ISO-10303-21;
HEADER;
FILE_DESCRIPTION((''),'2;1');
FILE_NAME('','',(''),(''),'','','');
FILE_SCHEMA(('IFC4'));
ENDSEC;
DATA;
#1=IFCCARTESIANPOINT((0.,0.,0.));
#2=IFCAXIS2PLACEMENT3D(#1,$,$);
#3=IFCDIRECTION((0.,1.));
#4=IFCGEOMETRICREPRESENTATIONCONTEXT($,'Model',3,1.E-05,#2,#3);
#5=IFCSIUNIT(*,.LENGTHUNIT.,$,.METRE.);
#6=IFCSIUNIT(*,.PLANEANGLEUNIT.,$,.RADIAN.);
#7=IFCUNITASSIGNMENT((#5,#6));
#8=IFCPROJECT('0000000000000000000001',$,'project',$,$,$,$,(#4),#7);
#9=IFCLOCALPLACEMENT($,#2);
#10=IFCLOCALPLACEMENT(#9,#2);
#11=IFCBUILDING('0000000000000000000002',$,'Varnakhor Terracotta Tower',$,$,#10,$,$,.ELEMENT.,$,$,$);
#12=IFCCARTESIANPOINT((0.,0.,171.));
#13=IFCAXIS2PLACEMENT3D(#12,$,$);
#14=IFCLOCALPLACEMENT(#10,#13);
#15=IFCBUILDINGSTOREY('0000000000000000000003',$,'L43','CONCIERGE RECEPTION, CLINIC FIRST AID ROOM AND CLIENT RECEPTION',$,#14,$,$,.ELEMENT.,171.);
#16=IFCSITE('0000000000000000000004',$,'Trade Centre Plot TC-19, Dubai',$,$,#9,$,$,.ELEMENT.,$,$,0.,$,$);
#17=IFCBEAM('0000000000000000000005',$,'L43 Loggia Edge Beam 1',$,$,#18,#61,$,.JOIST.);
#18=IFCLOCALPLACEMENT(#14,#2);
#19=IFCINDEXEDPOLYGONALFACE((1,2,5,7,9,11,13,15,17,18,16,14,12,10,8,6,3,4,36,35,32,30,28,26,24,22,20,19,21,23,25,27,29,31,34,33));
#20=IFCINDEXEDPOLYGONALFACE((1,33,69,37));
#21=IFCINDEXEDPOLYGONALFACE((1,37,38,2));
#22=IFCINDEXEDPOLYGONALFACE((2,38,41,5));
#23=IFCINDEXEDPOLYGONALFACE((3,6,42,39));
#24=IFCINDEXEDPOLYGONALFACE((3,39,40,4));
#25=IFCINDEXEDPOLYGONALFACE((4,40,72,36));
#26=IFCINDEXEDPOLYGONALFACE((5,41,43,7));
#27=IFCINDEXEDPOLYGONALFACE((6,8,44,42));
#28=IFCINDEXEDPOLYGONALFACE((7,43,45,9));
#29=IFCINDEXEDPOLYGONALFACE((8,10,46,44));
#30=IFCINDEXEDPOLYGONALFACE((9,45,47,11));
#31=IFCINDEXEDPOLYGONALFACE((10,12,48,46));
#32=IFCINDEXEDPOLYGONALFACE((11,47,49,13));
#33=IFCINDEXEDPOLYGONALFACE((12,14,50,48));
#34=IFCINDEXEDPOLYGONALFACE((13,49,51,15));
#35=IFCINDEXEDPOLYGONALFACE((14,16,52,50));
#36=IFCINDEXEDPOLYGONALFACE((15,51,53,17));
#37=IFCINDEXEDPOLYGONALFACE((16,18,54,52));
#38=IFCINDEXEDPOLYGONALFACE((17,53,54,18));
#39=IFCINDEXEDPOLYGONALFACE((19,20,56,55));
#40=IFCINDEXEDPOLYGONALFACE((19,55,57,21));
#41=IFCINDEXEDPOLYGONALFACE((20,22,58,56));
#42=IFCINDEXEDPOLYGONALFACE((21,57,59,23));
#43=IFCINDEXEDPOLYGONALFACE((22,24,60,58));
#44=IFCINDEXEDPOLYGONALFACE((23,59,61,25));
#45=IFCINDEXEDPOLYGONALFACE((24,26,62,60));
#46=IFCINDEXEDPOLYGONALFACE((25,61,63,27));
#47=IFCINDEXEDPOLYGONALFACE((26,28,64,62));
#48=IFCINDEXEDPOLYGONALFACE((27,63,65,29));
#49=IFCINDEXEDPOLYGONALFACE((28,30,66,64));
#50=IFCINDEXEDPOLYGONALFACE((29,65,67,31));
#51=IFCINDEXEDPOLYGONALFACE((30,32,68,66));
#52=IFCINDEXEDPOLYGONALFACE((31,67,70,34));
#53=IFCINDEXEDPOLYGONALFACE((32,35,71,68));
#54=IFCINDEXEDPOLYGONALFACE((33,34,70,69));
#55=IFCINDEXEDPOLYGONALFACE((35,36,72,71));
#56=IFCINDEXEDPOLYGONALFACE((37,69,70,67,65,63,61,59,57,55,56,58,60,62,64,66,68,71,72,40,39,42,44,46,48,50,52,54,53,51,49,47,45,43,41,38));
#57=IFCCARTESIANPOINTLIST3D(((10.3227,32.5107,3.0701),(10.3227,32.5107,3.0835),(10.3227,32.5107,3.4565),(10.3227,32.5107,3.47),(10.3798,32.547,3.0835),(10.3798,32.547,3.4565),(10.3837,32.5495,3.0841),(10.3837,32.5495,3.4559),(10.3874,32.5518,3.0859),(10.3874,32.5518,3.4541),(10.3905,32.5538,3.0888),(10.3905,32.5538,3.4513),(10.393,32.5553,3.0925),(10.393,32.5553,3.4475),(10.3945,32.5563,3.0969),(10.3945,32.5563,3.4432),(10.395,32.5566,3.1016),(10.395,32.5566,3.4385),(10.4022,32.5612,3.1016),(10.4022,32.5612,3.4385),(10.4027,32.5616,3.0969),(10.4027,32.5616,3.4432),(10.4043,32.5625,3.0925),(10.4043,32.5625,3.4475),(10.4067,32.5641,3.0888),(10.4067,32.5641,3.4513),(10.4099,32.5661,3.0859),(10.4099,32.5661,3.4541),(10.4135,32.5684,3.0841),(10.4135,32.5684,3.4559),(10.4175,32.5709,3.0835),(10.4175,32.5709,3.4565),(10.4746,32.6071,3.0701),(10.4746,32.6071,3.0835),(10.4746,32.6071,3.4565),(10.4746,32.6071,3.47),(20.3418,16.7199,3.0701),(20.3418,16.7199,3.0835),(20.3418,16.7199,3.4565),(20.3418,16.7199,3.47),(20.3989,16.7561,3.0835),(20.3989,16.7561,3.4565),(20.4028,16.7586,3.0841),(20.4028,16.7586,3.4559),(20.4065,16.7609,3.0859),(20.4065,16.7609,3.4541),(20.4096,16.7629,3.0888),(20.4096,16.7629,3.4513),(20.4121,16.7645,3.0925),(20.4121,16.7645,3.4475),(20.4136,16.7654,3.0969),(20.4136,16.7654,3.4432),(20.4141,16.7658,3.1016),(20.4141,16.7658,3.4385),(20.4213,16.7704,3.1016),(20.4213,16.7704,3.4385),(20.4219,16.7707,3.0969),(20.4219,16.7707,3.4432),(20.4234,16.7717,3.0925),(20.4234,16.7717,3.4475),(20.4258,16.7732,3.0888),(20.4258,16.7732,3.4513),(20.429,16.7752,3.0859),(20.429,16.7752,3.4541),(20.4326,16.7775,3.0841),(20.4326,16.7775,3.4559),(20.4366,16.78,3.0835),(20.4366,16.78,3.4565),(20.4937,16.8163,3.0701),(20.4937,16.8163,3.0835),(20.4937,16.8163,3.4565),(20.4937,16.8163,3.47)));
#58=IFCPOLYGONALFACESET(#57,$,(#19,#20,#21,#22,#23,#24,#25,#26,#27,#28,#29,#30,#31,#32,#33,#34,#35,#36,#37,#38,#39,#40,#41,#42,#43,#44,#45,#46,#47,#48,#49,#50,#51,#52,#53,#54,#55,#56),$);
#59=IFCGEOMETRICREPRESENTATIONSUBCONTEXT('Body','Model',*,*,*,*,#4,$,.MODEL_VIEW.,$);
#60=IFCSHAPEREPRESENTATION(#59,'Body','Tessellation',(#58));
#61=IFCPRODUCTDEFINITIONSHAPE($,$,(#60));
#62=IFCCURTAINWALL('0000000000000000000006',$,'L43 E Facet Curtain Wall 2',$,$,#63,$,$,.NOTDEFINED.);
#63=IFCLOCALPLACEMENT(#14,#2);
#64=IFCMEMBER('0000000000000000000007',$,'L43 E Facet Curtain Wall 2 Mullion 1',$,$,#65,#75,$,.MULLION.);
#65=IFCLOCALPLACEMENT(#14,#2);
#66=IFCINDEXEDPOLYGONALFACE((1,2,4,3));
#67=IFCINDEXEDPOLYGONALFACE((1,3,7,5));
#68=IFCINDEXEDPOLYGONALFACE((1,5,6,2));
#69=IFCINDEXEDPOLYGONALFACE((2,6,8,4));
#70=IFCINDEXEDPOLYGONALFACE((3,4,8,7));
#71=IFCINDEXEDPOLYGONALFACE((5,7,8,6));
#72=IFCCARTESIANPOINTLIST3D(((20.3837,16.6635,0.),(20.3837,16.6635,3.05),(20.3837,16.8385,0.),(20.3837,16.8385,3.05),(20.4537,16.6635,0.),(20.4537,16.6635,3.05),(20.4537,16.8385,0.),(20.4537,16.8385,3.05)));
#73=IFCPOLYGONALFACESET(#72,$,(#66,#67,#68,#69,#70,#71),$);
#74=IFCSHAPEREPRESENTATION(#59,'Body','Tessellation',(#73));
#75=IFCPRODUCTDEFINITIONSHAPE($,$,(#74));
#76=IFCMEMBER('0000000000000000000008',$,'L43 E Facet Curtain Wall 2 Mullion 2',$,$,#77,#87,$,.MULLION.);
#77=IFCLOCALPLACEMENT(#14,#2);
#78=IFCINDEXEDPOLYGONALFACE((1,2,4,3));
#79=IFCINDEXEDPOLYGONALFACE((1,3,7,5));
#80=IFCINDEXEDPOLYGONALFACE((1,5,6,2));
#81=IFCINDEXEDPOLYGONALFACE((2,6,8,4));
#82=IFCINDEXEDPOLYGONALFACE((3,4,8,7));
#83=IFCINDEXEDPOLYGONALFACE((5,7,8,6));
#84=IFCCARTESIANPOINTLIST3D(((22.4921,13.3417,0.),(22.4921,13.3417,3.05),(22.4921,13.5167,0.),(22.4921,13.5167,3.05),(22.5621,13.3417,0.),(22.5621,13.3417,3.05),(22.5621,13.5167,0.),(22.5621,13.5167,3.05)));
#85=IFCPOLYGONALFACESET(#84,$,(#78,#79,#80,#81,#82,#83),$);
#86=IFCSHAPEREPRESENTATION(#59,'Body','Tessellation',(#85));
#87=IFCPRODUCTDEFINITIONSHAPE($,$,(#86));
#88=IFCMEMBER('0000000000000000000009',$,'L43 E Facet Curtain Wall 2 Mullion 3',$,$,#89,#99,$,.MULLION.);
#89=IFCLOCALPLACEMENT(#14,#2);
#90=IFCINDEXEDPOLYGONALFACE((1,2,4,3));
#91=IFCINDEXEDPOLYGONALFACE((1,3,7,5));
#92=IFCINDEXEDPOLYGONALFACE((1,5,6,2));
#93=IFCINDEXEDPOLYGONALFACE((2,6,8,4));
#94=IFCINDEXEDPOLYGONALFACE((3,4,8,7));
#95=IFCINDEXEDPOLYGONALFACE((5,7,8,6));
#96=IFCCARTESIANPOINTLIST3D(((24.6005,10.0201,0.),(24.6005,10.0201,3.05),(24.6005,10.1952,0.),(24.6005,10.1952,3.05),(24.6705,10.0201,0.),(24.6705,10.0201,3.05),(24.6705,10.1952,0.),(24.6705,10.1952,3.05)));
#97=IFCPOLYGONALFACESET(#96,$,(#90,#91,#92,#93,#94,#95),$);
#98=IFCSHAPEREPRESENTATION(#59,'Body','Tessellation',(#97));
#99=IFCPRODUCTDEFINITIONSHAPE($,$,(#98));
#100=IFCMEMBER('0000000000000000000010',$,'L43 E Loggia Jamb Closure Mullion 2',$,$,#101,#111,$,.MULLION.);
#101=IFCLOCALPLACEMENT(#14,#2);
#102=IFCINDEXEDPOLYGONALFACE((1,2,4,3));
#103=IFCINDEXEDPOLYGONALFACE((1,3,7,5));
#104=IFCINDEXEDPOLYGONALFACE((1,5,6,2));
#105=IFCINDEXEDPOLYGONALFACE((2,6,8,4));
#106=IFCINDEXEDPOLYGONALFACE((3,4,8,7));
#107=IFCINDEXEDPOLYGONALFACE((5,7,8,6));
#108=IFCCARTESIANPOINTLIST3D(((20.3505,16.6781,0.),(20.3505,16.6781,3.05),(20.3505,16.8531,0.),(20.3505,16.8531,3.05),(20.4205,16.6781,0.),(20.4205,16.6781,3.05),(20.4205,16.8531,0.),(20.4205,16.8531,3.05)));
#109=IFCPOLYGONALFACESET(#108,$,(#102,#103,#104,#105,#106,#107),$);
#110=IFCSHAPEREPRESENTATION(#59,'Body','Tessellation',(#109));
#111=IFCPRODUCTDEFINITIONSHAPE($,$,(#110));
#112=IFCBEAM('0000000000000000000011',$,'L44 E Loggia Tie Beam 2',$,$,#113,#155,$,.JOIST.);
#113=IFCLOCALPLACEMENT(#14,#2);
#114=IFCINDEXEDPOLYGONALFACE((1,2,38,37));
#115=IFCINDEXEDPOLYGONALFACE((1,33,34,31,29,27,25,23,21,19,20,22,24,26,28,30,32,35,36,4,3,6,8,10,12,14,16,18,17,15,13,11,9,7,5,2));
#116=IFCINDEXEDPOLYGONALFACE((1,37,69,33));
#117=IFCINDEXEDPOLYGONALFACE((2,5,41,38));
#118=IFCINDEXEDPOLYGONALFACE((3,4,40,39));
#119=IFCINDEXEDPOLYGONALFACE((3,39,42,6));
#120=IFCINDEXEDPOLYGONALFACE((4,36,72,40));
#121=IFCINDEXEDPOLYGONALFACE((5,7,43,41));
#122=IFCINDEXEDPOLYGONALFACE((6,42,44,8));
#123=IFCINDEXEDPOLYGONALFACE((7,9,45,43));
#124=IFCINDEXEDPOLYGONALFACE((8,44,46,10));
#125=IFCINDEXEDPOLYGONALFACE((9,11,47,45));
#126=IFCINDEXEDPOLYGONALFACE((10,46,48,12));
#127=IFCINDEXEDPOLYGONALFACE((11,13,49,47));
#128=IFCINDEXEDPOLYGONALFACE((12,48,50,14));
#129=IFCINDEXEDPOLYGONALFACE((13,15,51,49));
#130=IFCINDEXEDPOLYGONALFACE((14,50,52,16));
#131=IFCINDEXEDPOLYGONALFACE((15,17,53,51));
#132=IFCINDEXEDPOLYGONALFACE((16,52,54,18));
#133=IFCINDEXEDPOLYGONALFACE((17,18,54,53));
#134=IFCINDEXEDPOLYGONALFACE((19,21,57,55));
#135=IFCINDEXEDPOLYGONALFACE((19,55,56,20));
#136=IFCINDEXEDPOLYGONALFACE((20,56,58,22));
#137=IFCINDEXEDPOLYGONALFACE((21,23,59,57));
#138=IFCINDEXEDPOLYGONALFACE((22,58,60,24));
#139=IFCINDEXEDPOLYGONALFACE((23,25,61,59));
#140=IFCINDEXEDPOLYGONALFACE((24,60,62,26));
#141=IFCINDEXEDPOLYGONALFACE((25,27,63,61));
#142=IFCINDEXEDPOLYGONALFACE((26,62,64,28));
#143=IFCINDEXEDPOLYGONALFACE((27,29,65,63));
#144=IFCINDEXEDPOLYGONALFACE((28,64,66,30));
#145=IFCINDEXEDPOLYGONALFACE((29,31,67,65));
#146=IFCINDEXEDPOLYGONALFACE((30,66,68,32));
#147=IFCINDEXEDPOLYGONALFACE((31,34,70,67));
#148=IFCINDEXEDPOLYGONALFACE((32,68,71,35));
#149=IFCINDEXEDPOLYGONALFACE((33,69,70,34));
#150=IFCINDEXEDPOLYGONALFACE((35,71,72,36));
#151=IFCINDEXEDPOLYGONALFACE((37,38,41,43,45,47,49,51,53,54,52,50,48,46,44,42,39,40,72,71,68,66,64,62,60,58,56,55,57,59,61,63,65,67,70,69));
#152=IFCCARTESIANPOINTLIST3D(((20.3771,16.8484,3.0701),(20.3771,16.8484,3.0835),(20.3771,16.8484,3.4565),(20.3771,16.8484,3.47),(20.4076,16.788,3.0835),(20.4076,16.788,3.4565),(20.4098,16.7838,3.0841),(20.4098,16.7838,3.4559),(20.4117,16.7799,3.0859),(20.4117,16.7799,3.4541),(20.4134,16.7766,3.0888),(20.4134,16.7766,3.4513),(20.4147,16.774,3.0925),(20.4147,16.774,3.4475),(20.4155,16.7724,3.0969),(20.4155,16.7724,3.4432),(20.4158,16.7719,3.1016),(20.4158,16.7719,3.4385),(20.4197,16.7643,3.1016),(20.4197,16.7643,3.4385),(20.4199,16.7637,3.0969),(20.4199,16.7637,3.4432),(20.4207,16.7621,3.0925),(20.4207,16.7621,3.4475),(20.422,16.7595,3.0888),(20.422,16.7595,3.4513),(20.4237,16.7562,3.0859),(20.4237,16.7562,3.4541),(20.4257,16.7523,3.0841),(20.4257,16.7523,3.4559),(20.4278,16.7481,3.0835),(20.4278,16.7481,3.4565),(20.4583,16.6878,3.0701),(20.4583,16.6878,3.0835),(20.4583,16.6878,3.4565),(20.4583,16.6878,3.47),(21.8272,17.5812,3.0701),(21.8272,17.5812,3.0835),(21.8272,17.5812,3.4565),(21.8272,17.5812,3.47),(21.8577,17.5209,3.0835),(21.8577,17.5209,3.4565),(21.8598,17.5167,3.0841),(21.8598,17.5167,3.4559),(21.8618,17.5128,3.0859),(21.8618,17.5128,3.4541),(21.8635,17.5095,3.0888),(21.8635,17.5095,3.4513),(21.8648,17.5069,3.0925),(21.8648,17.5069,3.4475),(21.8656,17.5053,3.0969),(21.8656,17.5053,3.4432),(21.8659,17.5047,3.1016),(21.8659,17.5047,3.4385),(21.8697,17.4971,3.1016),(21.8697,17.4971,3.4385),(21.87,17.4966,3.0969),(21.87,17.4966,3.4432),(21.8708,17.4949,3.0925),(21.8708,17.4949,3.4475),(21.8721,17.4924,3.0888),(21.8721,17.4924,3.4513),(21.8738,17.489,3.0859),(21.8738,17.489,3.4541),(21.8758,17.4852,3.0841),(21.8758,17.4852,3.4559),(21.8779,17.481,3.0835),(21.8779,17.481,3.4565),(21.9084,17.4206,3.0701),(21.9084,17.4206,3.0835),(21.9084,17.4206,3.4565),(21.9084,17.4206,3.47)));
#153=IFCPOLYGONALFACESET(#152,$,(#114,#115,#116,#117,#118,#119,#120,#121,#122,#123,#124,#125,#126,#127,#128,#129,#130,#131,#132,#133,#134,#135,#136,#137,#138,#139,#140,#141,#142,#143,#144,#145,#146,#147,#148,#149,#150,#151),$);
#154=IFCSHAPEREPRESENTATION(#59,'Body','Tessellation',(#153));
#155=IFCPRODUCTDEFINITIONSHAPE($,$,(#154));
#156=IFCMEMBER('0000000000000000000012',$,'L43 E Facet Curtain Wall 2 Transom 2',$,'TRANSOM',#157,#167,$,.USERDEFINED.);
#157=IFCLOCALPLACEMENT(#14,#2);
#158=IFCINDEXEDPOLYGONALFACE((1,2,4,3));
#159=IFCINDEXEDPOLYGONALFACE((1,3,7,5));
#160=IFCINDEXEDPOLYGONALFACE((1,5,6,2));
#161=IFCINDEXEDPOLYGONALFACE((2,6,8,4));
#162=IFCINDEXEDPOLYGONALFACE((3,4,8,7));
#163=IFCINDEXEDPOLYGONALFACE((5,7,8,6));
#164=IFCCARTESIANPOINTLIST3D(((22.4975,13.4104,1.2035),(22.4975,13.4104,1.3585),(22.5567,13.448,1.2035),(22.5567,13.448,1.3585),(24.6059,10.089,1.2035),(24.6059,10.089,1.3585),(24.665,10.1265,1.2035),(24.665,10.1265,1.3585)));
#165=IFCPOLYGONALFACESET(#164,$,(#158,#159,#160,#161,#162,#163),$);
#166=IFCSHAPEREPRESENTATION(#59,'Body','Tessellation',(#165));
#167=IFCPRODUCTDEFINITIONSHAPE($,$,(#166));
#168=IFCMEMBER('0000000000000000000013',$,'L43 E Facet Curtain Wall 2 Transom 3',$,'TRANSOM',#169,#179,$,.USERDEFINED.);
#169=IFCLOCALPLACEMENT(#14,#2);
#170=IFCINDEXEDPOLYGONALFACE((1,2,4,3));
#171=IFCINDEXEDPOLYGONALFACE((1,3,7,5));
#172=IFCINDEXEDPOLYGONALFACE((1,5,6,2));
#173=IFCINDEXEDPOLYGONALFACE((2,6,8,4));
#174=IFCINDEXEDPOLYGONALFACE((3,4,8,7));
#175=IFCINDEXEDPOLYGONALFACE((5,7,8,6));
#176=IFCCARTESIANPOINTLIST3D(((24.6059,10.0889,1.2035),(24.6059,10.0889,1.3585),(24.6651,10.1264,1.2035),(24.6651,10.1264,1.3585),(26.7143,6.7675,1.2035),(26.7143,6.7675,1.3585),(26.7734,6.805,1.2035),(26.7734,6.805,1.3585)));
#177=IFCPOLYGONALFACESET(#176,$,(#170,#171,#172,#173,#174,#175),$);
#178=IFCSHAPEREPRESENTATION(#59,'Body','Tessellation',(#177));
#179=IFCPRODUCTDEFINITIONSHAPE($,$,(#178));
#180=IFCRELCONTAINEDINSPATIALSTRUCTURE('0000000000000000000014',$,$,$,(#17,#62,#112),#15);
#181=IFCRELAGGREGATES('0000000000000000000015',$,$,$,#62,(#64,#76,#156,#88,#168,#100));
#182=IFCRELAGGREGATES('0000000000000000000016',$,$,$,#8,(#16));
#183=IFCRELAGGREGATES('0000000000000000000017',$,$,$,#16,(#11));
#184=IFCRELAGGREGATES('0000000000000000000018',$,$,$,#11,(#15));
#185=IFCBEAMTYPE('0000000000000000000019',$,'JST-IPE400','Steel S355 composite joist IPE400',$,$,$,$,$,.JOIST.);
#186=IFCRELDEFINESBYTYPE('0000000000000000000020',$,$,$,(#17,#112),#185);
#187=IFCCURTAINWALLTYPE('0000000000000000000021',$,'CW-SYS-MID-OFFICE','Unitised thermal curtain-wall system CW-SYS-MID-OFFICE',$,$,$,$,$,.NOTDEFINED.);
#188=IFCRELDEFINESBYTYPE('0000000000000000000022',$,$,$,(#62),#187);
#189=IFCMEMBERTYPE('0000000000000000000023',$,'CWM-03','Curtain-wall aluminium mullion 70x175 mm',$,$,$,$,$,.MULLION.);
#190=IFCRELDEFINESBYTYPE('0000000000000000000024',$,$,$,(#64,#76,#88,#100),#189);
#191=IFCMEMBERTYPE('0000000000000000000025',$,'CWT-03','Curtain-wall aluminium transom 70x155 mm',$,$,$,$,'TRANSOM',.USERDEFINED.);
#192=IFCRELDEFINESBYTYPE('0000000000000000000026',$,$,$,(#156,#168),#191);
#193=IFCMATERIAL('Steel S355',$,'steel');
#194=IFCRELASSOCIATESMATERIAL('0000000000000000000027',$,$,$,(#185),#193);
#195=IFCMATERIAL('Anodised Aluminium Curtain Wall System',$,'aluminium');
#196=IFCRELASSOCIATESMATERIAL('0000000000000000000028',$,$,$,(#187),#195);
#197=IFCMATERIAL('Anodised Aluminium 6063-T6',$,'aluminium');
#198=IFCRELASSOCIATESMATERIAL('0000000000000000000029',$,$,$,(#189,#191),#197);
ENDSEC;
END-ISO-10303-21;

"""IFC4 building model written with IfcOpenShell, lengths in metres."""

from ifc_helpers import new_model, si_unit, direction, frame, origin, origin_2d, place, context, subcontext, project, spatial, rectangle, i_section, extrude, source, transform, mapped, material, material_profile, profile_set, type_object, element, aggregate, save


model = new_model("IFC4")

# Units and contexts
model_context = context("Model", 3, precision=1e-05, world=origin(), true_north=direction((0.0, 1.0)))
body_context = subcontext(model_context, "Body", "Model", "MODEL_VIEW")
ifc_project = project(units=[si_unit("LENGTHUNIT", "METRE"), si_unit("PLANEANGLEUNIT", "RADIAN")], contexts=[model_context])

# Site, building, storey
site_placement = place(None, origin())
site = spatial("IfcSite", under=ifc_project, at=site_placement, Name="Trade Centre Plot TC-19, Dubai", CompositionType="ELEMENT", RefElevation=0.0)
building_placement = place(site_placement, origin())
building = spatial("IfcBuilding", under=site, at=building_placement, Name="Varnakhor Terracotta Tower", CompositionType="ELEMENT")
storey_placement = place(building_placement, frame((0.0, 0.0, 171.0)))
storey = spatial("IfcBuildingStorey", under=building, at=storey_placement, Name="L43", Description="CONCIERGE RECEPTION, CLINIC FIRST AID ROOM AND CLIENT RECEPTION", CompositionType="ELEMENT", Elevation=171.0)

# Beam
ifc_material_1 = material(Name="Steel S355", Category="steel")
ifc_material_profile_1 = material_profile(ifc_material_1, i_section(OverallWidth=0.1799, OverallDepth=0.3999, WebThickness=0.0085, FlangeThickness=0.0134, FilletRadius=0.0181, at=origin_2d()), Name="IPE400")
ifc_profile_set_1 = profile_set([ifc_material_profile_1], Name="Steel S355")
beam_type = type_object("IfcBeamType", Name="JST-IPE400", Description="Steel S355 composite joist IPE400", PredefinedType="JOIST", material=ifc_profile_set_1)
shared_shape_1 = source(origin(), body_context, "Body", "SweptSolid", [
    extrude(i_section(OverallWidth=0.1799, OverallDepth=0.3999, WebThickness=0.0085, FlangeThickness=0.0134, FilletRadius=0.0181, at=origin_2d()), origin(), (0.0, 0.0, 1.0), 18.7012),
])
beam_1_placement = place(storey_placement, frame((20.4177, 16.7681, 3.27), z_axis=(-0.535747, 0.844378, 0.0), x_axis=(-0.844378, -0.535747, 0.0)))
element("IfcBeam", 1, at=beam_1_placement, inside=storey, type_object=beam_type, Name="L43 Loggia Edge Beam 1", PredefinedType="JOIST", context=body_context, shape_type="MappedRepresentation", body=[
    mapped(shared_shape_1, transform((0.0, 0.0, 0.0), scale=1.0)),
])

# Curtain wall, members
ifc_material_2 = material(Name="Anodised Aluminium Curtain Wall System", Category="aluminium")
curtain_wall_type = type_object("IfcCurtainWallType", Name="CW-SYS-MID-OFFICE", Description="Unitised thermal curtain-wall system CW-SYS-MID-OFFICE", PredefinedType="NOTDEFINED", material=ifc_material_2)
curtain_wall_placement = place(storey_placement, origin())
curtain_wall = element("IfcCurtainWall", 2, at=curtain_wall_placement, inside=storey, type_object=curtain_wall_type, Name="L43 E Facet Curtain Wall 2", PredefinedType="NOTDEFINED")
ifc_material_3 = material(Name="Anodised Aluminium 6063-T6", Category="aluminium")
ifc_material_profile_2 = material_profile(ifc_material_3, rectangle(XDim=0.0701, YDim=0.175, at=origin_2d()), Name="ALU MULLION 70x175")
ifc_profile_set_2 = profile_set([ifc_material_profile_2], Name="Anodised Aluminium 6063-T6")
member_type_1 = type_object("IfcMemberType", Name="CWM-03", Description="Curtain-wall aluminium mullion 70x175 mm", PredefinedType="MULLION", material=ifc_profile_set_2)
shared_shape_2 = source(origin(), body_context, "Body", "SweptSolid", [
    extrude(rectangle(XDim=0.0701, YDim=0.175, at=origin_2d()), origin(), (0.0, 0.0, 1.0), 3.05),
])
member_1_placement = place(storey_placement, frame((20.4187, 16.751, 0.0), z_axis=(0.0, 0.0, 1.0), x_axis=(1.0, 0.0, 0.0)))
member_1 = element("IfcMember", 3, at=member_1_placement, type_object=member_type_1, Name="L43 E Facet Curtain Wall 2 Mullion 1", PredefinedType="MULLION", context=body_context, shape_type="MappedRepresentation", body=[
    mapped(shared_shape_2, transform((0.0, 0.0, 0.0), scale=1.0)),
])
member_2_placement = place(storey_placement, frame((22.5271, 13.4292, 0.0), z_axis=(0.0, 0.0, 1.0), x_axis=(1.0, 0.0, 0.0)))
member_2 = element("IfcMember", 4, at=member_2_placement, type_object=member_type_1, Name="L43 E Facet Curtain Wall 2 Mullion 2", PredefinedType="MULLION", context=body_context, shape_type="MappedRepresentation", body=[
    mapped(shared_shape_2, transform((0.0, 0.0, 0.0), scale=1.0)),
])
member_3_placement = place(storey_placement, frame((24.6355, 10.1077, 0.0), z_axis=(0.0, 0.0, 1.0), x_axis=(1.0, 0.0, 0.0)))
member_3 = element("IfcMember", 5, at=member_3_placement, type_object=member_type_1, Name="L43 E Facet Curtain Wall 2 Mullion 3", PredefinedType="MULLION", context=body_context, shape_type="MappedRepresentation", body=[
    mapped(shared_shape_2, transform((0.0, 0.0, 0.0), scale=1.0)),
])
member_4_placement = place(storey_placement, frame((20.3855, 16.7656, 0.0), z_axis=(0.0, 0.0, 1.0), x_axis=(1.0, 0.0, 0.0)))
member_4 = element("IfcMember", 6, at=member_4_placement, type_object=member_type_1, Name="L43 E Loggia Jamb Closure Mullion 2", PredefinedType="MULLION", context=body_context, shape_type="MappedRepresentation", body=[
    mapped(shared_shape_2, transform((0.0, 0.0, 0.0), scale=1.0)),
])

# Beam
shared_shape_3 = source(origin(), body_context, "Body", "SweptSolid", [
    extrude(i_section(OverallWidth=0.1799, OverallDepth=0.3999, WebThickness=0.0085, FlangeThickness=0.0134, FilletRadius=0.0181, at=origin_2d()), origin(), (0.0, 0.0, 1.0), 1.6248),
])
beam_2_placement = place(storey_placement, frame((20.4177, 16.7681, 3.27), z_axis=(0.892496, 0.451056, 0.0), x_axis=(-0.451056, 0.892496, 0.0)))
element("IfcBeam", 7, at=beam_2_placement, inside=storey, type_object=beam_type, Name="L44 E Loggia Tie Beam 2", PredefinedType="JOIST", context=body_context, shape_type="MappedRepresentation", body=[
    mapped(shared_shape_3, transform((0.0, 0.0, 0.0), scale=1.0)),
])

# Members
ifc_material_profile_3 = material_profile(ifc_material_3, rectangle(XDim=0.0701, YDim=0.155, at=origin_2d()), Name="ALU TRANSOM 70x155")
ifc_profile_set_3 = profile_set([ifc_material_profile_3], Name="Anodised Aluminium 6063-T6")
member_type_2 = type_object("IfcMemberType", Name="CWT-03", Description="Curtain-wall aluminium transom 70x155 mm", ElementType="TRANSOM", PredefinedType="USERDEFINED", material=ifc_profile_set_3)
shared_shape_4 = source(origin(), body_context, "Body", "SweptSolid", [
    extrude(rectangle(XDim=0.0701, YDim=0.155, at=origin_2d()), origin(), (0.0, 0.0, 1.0), 3.9341),
])
member_5_placement = place(storey_placement, frame((22.5271, 13.4292, 1.281), z_axis=(0.535915, -0.844272, 0.0), x_axis=(0.844272, 0.535915, 0.0)))
member_5 = element("IfcMember", 8, at=member_5_placement, type_object=member_type_2, Name="L43 E Facet Curtain Wall 2 Transom 2", ObjectType="TRANSOM", PredefinedType="USERDEFINED", context=body_context, shape_type="MappedRepresentation", body=[
    mapped(shared_shape_4, transform((0.0, 0.0, 0.0), scale=1.0)),
])
member_6_placement = place(storey_placement, frame((24.6355, 10.1077, 1.281), z_axis=(0.535915, -0.844272, 0.0), x_axis=(0.844272, 0.535915, 0.0)))
member_6 = element("IfcMember", 9, at=member_6_placement, type_object=member_type_2, Name="L43 E Facet Curtain Wall 2 Transom 3", ObjectType="TRANSOM", PredefinedType="USERDEFINED", context=body_context, shape_type="MappedRepresentation", body=[
    mapped(shared_shape_4, transform((0.0, 0.0, 0.0), scale=1.0)),
])

aggregate(curtain_wall, [member_1, member_2, member_5, member_3, member_6, member_4])

save(model, "model.ifc")
